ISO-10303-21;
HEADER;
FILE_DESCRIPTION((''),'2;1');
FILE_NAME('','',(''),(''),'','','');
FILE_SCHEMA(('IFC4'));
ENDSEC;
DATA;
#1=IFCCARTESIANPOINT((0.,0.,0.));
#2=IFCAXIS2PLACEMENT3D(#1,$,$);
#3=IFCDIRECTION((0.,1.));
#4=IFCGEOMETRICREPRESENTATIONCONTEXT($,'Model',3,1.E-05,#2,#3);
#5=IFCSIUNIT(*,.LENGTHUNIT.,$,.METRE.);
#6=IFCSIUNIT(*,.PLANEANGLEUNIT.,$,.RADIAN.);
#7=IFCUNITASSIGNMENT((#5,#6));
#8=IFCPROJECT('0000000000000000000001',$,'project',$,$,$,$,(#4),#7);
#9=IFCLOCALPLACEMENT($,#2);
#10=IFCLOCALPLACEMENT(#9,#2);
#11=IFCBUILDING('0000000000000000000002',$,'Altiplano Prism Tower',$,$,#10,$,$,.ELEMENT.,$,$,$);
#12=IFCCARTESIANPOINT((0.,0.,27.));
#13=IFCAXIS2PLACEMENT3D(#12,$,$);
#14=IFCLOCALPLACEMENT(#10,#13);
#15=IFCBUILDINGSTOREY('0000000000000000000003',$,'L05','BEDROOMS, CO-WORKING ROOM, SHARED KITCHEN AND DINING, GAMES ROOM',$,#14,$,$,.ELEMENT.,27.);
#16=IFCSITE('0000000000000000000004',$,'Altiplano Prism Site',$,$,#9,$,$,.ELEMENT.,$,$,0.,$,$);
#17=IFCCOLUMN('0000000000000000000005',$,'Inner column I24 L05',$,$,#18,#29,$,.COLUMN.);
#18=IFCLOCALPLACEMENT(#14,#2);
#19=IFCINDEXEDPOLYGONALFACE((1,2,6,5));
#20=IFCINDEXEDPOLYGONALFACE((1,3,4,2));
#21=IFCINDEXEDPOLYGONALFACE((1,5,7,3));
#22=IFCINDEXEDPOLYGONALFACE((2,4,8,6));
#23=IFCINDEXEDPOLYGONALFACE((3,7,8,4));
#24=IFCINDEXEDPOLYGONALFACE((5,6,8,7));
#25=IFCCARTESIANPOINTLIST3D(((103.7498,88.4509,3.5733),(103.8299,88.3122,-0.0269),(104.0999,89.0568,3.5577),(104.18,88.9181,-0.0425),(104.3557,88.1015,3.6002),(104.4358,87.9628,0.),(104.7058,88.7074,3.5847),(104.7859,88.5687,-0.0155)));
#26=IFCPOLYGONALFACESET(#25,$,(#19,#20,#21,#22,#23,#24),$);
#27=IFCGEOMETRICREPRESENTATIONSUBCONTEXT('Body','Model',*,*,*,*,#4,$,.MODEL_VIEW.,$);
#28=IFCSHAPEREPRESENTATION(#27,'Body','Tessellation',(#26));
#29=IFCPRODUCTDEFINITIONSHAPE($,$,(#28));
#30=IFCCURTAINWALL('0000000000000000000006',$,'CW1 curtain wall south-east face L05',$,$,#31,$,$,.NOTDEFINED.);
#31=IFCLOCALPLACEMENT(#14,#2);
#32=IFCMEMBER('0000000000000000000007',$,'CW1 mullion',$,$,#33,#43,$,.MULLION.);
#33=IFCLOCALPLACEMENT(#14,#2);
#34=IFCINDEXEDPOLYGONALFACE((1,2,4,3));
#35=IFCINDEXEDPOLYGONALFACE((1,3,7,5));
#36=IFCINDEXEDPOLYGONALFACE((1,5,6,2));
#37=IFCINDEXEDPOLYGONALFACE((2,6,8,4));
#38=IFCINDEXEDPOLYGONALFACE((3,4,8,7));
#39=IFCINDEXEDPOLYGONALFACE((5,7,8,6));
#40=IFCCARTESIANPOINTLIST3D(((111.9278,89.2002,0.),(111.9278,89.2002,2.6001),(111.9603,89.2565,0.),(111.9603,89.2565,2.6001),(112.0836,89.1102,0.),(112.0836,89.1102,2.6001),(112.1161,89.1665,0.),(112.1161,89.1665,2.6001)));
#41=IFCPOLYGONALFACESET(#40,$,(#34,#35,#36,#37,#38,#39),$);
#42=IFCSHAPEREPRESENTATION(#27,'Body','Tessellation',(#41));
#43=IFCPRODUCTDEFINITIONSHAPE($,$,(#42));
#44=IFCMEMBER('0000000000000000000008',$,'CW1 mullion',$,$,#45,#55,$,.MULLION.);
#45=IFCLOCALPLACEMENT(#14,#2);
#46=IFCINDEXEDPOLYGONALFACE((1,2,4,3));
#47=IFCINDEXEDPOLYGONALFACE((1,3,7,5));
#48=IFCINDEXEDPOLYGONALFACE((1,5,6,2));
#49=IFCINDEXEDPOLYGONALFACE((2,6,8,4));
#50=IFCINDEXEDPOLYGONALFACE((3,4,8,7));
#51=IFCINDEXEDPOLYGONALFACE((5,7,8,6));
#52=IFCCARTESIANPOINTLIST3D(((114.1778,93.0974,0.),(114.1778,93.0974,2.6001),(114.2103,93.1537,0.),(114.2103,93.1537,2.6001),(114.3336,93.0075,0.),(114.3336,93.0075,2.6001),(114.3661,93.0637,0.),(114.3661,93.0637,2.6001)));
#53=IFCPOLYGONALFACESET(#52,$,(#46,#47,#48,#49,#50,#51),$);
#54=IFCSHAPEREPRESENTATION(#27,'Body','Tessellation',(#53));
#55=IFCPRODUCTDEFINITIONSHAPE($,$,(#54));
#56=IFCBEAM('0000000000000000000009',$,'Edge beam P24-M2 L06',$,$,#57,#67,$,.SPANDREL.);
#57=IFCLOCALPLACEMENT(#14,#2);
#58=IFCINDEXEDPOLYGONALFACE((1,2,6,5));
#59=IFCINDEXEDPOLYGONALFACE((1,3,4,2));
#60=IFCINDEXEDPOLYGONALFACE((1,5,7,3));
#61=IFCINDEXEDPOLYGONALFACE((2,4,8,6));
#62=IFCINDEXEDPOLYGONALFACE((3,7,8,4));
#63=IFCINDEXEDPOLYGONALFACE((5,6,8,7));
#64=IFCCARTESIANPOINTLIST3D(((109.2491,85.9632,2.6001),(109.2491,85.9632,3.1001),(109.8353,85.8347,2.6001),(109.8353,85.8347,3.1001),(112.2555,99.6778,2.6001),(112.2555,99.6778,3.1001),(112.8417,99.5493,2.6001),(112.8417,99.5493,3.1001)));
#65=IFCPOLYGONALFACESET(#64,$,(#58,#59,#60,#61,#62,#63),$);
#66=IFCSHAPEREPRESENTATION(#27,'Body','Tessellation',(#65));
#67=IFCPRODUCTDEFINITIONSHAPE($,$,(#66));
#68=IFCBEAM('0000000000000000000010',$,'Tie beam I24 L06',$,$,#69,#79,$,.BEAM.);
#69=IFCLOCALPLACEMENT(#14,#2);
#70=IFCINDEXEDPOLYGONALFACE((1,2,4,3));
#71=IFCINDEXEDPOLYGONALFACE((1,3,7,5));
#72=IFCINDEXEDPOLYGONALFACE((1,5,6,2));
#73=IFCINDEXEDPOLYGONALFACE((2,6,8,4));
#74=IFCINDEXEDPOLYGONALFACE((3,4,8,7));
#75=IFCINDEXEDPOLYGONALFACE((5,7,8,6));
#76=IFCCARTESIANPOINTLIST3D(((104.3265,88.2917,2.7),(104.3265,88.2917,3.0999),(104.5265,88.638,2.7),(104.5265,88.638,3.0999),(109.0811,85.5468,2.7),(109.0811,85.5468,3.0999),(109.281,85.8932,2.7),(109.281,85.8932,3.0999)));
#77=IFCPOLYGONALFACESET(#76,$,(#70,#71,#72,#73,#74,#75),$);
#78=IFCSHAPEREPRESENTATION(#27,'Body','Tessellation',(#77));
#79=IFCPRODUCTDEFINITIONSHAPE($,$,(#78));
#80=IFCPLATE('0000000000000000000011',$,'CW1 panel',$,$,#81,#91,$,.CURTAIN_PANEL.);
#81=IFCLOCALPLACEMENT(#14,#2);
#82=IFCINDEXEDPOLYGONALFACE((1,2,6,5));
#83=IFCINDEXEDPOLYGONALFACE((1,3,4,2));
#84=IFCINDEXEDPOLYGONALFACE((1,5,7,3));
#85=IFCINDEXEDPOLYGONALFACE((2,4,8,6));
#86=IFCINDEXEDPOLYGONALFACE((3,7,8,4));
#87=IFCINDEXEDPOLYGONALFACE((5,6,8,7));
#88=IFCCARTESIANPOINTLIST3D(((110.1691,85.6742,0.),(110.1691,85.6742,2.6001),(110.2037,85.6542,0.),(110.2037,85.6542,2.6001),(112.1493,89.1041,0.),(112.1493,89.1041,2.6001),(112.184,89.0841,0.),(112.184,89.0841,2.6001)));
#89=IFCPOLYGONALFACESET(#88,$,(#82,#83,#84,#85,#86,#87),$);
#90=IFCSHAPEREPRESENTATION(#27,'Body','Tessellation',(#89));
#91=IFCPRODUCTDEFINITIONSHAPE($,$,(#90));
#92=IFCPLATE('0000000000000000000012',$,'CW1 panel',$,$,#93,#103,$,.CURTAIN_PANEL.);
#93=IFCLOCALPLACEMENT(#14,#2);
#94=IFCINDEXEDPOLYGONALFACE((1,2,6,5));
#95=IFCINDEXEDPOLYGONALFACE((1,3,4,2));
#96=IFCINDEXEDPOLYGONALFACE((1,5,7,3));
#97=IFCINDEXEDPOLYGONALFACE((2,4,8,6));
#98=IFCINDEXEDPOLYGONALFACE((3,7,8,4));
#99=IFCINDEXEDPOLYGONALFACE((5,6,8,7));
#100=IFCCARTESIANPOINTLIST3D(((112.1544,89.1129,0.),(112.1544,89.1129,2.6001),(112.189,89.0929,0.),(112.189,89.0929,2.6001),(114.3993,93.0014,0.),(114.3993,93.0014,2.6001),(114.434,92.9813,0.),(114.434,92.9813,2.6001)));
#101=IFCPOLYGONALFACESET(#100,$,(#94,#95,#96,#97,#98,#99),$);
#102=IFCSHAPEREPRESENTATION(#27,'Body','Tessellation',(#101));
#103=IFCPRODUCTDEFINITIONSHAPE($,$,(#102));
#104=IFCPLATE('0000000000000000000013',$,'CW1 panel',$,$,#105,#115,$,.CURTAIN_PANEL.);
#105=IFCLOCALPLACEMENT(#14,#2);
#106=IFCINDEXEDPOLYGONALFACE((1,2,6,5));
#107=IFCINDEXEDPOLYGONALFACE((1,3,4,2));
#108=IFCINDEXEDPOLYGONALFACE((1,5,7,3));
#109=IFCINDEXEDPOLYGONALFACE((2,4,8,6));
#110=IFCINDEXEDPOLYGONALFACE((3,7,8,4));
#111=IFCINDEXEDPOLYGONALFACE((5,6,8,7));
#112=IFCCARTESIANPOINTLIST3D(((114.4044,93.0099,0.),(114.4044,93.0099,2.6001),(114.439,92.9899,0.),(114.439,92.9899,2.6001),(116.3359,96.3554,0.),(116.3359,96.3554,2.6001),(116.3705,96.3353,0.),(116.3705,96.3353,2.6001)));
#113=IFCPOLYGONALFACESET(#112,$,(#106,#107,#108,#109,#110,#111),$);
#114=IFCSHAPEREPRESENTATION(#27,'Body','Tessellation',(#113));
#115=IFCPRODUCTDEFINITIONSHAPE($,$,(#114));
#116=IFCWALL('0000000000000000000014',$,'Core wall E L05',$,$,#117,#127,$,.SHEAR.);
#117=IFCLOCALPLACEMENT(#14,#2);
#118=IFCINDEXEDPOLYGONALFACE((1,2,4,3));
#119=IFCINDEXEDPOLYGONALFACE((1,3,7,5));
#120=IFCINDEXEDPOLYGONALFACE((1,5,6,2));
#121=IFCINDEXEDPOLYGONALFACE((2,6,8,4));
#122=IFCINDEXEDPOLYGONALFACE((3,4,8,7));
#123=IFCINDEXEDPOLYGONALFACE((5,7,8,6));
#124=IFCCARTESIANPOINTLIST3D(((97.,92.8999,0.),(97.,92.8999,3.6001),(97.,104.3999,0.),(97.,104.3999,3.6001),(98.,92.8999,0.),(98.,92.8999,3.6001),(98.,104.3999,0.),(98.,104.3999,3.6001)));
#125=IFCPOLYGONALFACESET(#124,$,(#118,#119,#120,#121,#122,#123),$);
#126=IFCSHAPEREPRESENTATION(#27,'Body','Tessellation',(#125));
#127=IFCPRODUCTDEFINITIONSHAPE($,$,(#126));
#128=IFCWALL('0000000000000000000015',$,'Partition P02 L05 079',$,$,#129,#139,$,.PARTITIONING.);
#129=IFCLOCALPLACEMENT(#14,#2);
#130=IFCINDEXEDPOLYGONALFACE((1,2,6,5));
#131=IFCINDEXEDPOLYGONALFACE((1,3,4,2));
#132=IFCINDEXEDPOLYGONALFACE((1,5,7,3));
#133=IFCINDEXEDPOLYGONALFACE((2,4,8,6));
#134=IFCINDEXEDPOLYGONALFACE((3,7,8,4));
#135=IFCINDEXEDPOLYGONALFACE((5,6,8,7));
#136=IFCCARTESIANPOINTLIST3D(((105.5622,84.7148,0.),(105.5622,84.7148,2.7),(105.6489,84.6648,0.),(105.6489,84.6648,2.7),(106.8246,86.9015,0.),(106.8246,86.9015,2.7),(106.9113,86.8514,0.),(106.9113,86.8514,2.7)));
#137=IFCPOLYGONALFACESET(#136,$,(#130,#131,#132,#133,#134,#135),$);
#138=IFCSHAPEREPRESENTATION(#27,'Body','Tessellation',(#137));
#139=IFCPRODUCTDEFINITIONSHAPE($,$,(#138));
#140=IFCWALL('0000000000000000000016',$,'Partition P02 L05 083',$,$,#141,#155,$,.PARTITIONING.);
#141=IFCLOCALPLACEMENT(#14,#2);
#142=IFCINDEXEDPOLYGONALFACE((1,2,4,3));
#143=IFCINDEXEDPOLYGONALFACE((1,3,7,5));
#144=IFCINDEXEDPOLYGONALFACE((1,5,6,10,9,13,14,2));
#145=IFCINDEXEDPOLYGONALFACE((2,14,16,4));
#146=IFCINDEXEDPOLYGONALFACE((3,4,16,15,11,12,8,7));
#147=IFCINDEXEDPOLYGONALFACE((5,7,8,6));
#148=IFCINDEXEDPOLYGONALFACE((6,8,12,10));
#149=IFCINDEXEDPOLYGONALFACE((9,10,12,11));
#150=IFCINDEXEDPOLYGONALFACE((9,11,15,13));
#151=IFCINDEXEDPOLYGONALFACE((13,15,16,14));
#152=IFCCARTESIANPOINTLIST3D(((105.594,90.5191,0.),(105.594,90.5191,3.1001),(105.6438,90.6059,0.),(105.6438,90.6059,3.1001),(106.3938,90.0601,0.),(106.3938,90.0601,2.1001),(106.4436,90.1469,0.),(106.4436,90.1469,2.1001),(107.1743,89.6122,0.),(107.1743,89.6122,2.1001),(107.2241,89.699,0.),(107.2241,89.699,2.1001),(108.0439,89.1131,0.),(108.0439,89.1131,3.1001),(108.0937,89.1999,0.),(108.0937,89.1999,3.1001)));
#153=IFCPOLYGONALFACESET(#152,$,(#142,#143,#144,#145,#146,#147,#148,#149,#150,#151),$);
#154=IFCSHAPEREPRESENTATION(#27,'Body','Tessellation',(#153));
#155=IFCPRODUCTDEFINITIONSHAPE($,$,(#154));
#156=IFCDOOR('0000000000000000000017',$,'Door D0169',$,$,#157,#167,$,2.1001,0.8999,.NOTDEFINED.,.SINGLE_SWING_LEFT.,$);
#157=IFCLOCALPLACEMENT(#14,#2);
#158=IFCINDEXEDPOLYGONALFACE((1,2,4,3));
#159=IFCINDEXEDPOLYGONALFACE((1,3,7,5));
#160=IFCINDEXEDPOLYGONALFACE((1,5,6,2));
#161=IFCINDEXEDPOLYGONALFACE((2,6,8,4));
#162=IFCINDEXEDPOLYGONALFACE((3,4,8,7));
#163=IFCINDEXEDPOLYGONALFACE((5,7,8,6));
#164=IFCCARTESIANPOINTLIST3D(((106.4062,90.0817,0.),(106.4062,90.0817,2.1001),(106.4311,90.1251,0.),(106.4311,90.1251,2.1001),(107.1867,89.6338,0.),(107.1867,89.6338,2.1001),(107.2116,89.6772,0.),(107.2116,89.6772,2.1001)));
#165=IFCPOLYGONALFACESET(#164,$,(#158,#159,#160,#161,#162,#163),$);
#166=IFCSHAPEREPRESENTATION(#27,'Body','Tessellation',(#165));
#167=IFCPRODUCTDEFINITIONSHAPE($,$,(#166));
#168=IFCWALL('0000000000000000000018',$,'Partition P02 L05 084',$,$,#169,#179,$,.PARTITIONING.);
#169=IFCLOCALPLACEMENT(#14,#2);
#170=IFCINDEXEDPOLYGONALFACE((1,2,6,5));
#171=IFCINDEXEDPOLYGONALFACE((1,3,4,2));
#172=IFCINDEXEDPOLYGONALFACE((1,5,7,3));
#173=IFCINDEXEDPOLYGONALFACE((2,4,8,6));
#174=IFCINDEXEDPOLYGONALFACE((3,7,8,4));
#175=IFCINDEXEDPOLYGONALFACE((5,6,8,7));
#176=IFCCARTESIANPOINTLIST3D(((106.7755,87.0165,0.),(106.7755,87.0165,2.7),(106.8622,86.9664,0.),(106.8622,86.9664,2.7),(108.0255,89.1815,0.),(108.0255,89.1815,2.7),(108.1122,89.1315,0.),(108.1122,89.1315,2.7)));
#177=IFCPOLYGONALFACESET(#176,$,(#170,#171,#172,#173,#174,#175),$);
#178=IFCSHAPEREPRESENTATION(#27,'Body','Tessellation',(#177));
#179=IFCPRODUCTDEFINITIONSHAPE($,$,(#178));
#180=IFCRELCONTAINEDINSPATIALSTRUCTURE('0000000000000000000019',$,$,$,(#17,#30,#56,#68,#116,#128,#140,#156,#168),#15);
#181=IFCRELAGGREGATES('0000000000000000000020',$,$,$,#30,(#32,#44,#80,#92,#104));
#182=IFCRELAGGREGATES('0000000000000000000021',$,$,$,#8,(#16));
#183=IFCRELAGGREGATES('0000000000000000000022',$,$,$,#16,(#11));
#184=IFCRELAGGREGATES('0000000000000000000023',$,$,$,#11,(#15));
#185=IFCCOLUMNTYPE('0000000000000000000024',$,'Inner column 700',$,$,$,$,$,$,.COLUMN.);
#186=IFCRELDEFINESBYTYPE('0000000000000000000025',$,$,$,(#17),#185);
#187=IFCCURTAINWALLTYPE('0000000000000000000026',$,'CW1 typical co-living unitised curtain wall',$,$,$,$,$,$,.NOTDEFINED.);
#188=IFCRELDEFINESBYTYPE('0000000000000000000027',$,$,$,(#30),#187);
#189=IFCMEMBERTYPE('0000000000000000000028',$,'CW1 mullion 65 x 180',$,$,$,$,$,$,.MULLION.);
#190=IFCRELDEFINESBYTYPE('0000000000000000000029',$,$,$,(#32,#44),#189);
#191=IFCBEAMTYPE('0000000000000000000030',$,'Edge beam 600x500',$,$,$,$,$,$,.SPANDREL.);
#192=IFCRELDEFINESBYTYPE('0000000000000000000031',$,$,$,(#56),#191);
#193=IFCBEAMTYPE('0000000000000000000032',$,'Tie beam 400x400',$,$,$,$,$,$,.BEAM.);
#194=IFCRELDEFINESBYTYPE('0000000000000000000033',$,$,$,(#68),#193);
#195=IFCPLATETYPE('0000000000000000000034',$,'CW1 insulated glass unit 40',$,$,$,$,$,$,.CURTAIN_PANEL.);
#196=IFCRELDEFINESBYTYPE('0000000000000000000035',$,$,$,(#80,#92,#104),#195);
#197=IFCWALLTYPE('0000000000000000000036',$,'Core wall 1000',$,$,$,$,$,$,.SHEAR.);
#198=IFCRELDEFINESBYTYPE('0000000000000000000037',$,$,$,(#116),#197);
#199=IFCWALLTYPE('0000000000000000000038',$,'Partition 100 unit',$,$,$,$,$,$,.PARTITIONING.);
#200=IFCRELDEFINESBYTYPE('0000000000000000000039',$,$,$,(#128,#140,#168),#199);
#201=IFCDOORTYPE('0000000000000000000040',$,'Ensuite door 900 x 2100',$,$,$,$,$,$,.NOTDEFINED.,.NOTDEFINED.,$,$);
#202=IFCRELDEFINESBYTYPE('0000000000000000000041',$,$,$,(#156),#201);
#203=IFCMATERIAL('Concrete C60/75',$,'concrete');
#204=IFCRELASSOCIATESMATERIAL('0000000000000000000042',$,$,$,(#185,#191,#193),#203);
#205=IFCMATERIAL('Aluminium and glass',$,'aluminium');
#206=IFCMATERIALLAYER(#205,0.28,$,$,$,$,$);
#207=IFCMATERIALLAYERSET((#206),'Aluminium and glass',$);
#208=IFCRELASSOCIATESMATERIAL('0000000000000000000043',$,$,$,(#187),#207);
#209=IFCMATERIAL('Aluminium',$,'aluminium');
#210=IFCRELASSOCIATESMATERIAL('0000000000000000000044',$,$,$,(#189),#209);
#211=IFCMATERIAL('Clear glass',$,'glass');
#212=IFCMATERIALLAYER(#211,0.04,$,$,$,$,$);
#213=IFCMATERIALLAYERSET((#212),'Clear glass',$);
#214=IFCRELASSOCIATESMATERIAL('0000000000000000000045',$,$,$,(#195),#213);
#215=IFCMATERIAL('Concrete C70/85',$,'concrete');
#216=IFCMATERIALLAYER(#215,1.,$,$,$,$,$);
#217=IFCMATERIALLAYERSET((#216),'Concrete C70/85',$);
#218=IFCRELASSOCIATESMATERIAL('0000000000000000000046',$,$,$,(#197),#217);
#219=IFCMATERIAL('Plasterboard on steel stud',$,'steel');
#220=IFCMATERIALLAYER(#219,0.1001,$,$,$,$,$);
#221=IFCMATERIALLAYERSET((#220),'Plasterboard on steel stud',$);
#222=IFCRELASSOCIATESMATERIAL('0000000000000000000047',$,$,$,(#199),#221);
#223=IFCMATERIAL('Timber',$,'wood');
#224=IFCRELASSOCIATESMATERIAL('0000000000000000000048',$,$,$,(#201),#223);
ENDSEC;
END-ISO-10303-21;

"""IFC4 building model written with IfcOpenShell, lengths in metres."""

from ifc_helpers import new_model, si_unit, direction, frame, frame_2d, origin, origin_2d, place, context, subcontext, project, spatial, rectangle, extrude, material, layer, layer_set, material_profile, profile_set, type_object, element, fill, aggregate, save


model = new_model("IFC4")

# Units and contexts
model_context = context("Model", 3, precision=1e-05, world=origin(), true_north=direction((0.0, 1.0)))
body_context = subcontext(model_context, "Body", "Model", "MODEL_VIEW")
ifc_project = project(units=[si_unit("LENGTHUNIT", "METRE"), si_unit("PLANEANGLEUNIT", "RADIAN")], contexts=[model_context])

# Site, building, storey
site_placement = place(None, origin())
site = spatial("IfcSite", under=ifc_project, at=site_placement, Name="Altiplano Prism Site", CompositionType="ELEMENT", RefElevation=0.0)
building_placement = place(site_placement, origin())
building = spatial("IfcBuilding", under=site, at=building_placement, Name="Altiplano Prism Tower", CompositionType="ELEMENT")
storey_placement = place(building_placement, frame((0.0, 0.0, 27.0)))
storey = spatial("IfcBuildingStorey", under=building, at=storey_placement, Name="L05", Description="BEDROOMS, CO-WORKING ROOM, SHARED KITCHEN AND DINING, GAMES ROOM", CompositionType="ELEMENT", Elevation=27.0)

# Column
ifc_material_1 = material(Name="Concrete C60/75", Category="concrete")
ifc_material_profile_1 = material_profile(ifc_material_1, rectangle(XDim=0.7, YDim=0.7, at=origin_2d()), Name="Inner column 700")
ifc_profile_set_1 = profile_set([ifc_material_profile_1], Name="Concrete C60/75")
column_type = type_object("IfcColumnType", Name="Inner column 700", PredefinedType="COLUMN", material=ifc_profile_set_1)
column_placement = place(storey_placement, frame((104.3079, 88.4404, -0.0212), z_axis=(-0.022221, 0.038481, 0.999012), x_axis=(-0.50017, -0.865642, 0.022218)))
element("IfcColumn", 1, at=column_placement, inside=storey, type_object=column_type, Name="Inner column I24 L05", PredefinedType="COLUMN", context=body_context, shape_type="SweptSolid", body=[
    extrude(rectangle(XDim=0.7, YDim=0.7, at=origin_2d()), origin(), (0.0, 0.0, 1.0), 3.6038),
])

# Curtain wall, members
ifc_material_2 = material(Name="Aluminium and glass", Category="aluminium")
ifc_layer_1 = layer(ifc_material_2, 0.28)
ifc_layer_set_1 = layer_set([ifc_layer_1], Name="Aluminium and glass")
curtain_wall_type = type_object("IfcCurtainWallType", Name="CW1 typical co-living unitised curtain wall", PredefinedType="NOTDEFINED", material=ifc_layer_set_1)
curtain_wall_placement = place(storey_placement, origin())
curtain_wall = element("IfcCurtainWall", 2, at=curtain_wall_placement, inside=storey, type_object=curtain_wall_type, Name="CW1 curtain wall south-east face L05", PredefinedType="NOTDEFINED")
ifc_material_3 = material(Name="Aluminium", Category="aluminium")
ifc_material_profile_2 = material_profile(ifc_material_3, rectangle(XDim=0.1799, YDim=0.0649, at=origin_2d()), Name="CW1 mullion 65 x 180")
ifc_profile_set_2 = profile_set([ifc_material_profile_2], Name="Aluminium")
member_type = type_object("IfcMemberType", Name="CW1 mullion 65 x 180", PredefinedType="MULLION", material=ifc_profile_set_2)
member_1_placement = place(storey_placement, frame((112.022, 89.1833, 0.0), z_axis=(0.0, 0.0, 1.0), x_axis=(-0.866025, 0.5, 0.0)))
member_1 = element("IfcMember", 3, at=member_1_placement, type_object=member_type, Name="CW1 mullion", PredefinedType="MULLION", context=body_context, shape_type="SweptSolid", body=[
    extrude(rectangle(XDim=0.1799, YDim=0.0649, at=origin_2d()), origin(), (0.0, 0.0, 1.0), 2.6001),
])
member_2_placement = place(storey_placement, frame((114.272, 93.0806, 0.0), z_axis=(0.0, 0.0, 1.0), x_axis=(-0.866025, 0.5, 0.0)))
member_2 = element("IfcMember", 4, at=member_2_placement, type_object=member_type, Name="CW1 mullion", PredefinedType="MULLION", context=body_context, shape_type="SweptSolid", body=[
    extrude(rectangle(XDim=0.1799, YDim=0.0649, at=origin_2d()), origin(), (0.0, 0.0, 1.0), 2.6001),
])

# Beams
ifc_material_profile_3 = material_profile(ifc_material_1, rectangle(XDim=0.6001, YDim=0.5, at=origin_2d()), Name="Edge beam 600x500")
ifc_profile_set_3 = profile_set([ifc_material_profile_3], Name="Concrete C60/75")
beam_type_1 = type_object("IfcBeamType", Name="Edge beam 600x500", PredefinedType="SPANDREL", material=ifc_profile_set_3)
beam_1_placement = place(storey_placement, frame((109.5422, 85.8989, 2.8501), z_axis=(0.214124, 0.976807, 0.0), x_axis=(-0.976807, 0.214124, 0.0)))
element("IfcBeam", 5, at=beam_1_placement, inside=storey, type_object=beam_type_1, Name="Edge beam P24-M2 L06", PredefinedType="SPANDREL", context=body_context, shape_type="SweptSolid", body=[
    extrude(rectangle(XDim=0.6001, YDim=0.5, at=origin_2d()), origin(), (0.0, 0.0, 1.0), 14.0403),
])
ifc_material_profile_4 = material_profile(ifc_material_1, rectangle(XDim=0.3999, YDim=0.3999, at=origin_2d()), Name="Tie beam 400x400")
ifc_profile_set_4 = profile_set([ifc_material_profile_4], Name="Concrete C60/75")
beam_type_2 = type_object("IfcBeamType", Name="Tie beam 400x400", PredefinedType="BEAM", material=ifc_profile_set_4)
beam_2_placement = place(storey_placement, frame((104.4265, 88.4648, 2.8999), z_axis=(0.866043, -0.49997, 0.0), x_axis=(0.49997, 0.866043, 0.0)))
element("IfcBeam", 6, at=beam_2_placement, inside=storey, type_object=beam_type_2, Name="Tie beam I24 L06", PredefinedType="BEAM", context=body_context, shape_type="SweptSolid", body=[
    extrude(rectangle(XDim=0.3999, YDim=0.3999, at=origin_2d()), origin(), (0.0, 0.0, 1.0), 5.49),
])

# Plates
ifc_material_4 = material(Name="Clear glass", Category="glass")
ifc_layer_2 = layer(ifc_material_4, 0.04)
ifc_layer_set_2 = layer_set([ifc_layer_2], Name="Clear glass")
plate_type = type_object("IfcPlateType", Name="CW1 insulated glass unit 40", PredefinedType="CURTAIN_PANEL", material=ifc_layer_set_2)
plate_1_placement = place(storey_placement, frame((111.1765, 87.3792, 0.0), z_axis=(0.0, 0.0, 1.0), x_axis=(0.5, 0.866025, 0.0)))
plate_1 = element("IfcPlate", 7, at=plate_1_placement, type_object=plate_type, Name="CW1 panel", PredefinedType="CURTAIN_PANEL", context=body_context, shape_type="SweptSolid", body=[
    extrude(rectangle(XDim=3.9604, YDim=0.04, at=origin_2d()), origin(), (0.0, 0.0, 1.0), 2.6001),
])
plate_2_placement = place(storey_placement, frame((113.2942, 91.0471, 0.0), z_axis=(0.0, 0.0, 1.0), x_axis=(0.5, 0.866025, 0.0)))
plate_2 = element("IfcPlate", 8, at=plate_2_placement, type_object=plate_type, Name="CW1 panel", PredefinedType="CURTAIN_PANEL", context=body_context, shape_type="SweptSolid", body=[
    extrude(rectangle(XDim=4.49, YDim=0.04, at=origin_2d()), origin(), (0.0, 0.0, 1.0), 2.6001),
])
plate_3_placement = place(storey_placement, frame((115.3875, 94.6726, 0.0), z_axis=(0.0, 0.0, 1.0), x_axis=(0.5, 0.866025, 0.0)))
plate_3 = element("IfcPlate", 9, at=plate_3_placement, type_object=plate_type, Name="CW1 panel", PredefinedType="CURTAIN_PANEL", context=body_context, shape_type="SweptSolid", body=[
    extrude(rectangle(XDim=3.863, YDim=0.04, at=origin_2d()), origin(), (0.0, 0.0, 1.0), 2.6001),
])
aggregate(curtain_wall, [member_1, member_2, plate_1, plate_2, plate_3])

# Walls
ifc_material_5 = material(Name="Concrete C70/85", Category="concrete")
ifc_layer_3 = layer(ifc_material_5, 1.0)
ifc_layer_set_3 = layer_set([ifc_layer_3], Name="Concrete C70/85")
wall_type_1 = type_object("IfcWallType", Name="Core wall 1000", PredefinedType="SHEAR", material=ifc_layer_set_3)
wall_1_placement = place(storey_placement, frame((97.5, 92.8999, 0.0), z_axis=(0.0, 0.0, 1.0), x_axis=(0.0, 1.0, 0.0)))
element("IfcWall", 10, at=wall_1_placement, inside=storey, type_object=wall_type_1, Name="Core wall E L05", PredefinedType="SHEAR", context=body_context, shape_type="SweptSolid", body=[
    extrude(rectangle(XDim=11.5, YDim=1.0, at=frame_2d((5.75, 0.0))), origin(), (0.0, 0.0, 1.0), 3.6001),
])
ifc_material_6 = material(Name="Plasterboard on steel stud", Category="steel")
ifc_layer_4 = layer(ifc_material_6, 0.1001)
ifc_layer_set_4 = layer_set([ifc_layer_4], Name="Plasterboard on steel stud")
wall_type_2 = type_object("IfcWallType", Name="Partition 100 unit", PredefinedType="PARTITIONING", material=ifc_layer_set_4)
wall_2_placement = place(storey_placement, frame((106.8679, 86.8765, 0.0), z_axis=(0.0, 0.0, 1.0), x_axis=(-0.499976, -0.866039, 0.0)))
element("IfcWall", 11, at=wall_2_placement, inside=storey, type_object=wall_type_2, Name="Partition P02 L05 079", PredefinedType="PARTITIONING", context=body_context, shape_type="SweptSolid", body=[
    extrude(rectangle(XDim=2.5249, YDim=0.1001, at=frame_2d((1.2625, 0.0))), origin(), (0.0, 0.0, 1.0), 2.7),
])

# Wall, opening, door
wall_3_placement = place(storey_placement, frame((105.6189, 90.5625, 0.0), z_axis=(0.0, 0.0, 1.0), x_axis=(0.867322, -0.497748, 0.0)))
wall_3 = element("IfcWall", 12, at=wall_3_placement, inside=storey, type_object=wall_type_2, Name="Partition P02 L05 083", PredefinedType="PARTITIONING", context=body_context, shape_type="SweptSolid", body=[
    extrude(rectangle(XDim=2.8247, YDim=0.1001, at=frame_2d((1.4124, 0.0))), origin(), (0.0, 0.0, 1.0), 3.1001),
])
opening_1_placement = place(wall_3_placement, frame((0.9221, 0.0, 0.0)))
opening_1 = element("IfcOpeningElement", 13, at=opening_1_placement, cuts=wall_3, PredefinedType="OPENING", context=body_context, shape_type="SweptSolid", body=[
    extrude(rectangle(XDim=0.8999, YDim=2.1001, at=frame_2d((0.45, 1.05))), frame((0.0, 0.0605, 0.0), z_axis=(0.0, -1.0, 0.0), x_axis=(1.0, 0.0, 0.0)), (0.0, 0.0, 1.0), 0.1211),
])
ifc_material_7 = material(Name="Timber", Category="wood")
door_type_1 = type_object("IfcDoorType", Name="Ensuite door 900 x 2100", OperationType="NOTDEFINED", PredefinedType="NOTDEFINED", material=ifc_material_7)
door_1_placement = place(opening_1_placement, origin())
door_1 = element("IfcDoor", 14, at=door_1_placement, inside=storey, type_object=door_type_1, Name="Door D0169", OperationType="SINGLE_SWING_LEFT", OverallHeight=2.1001, OverallWidth=0.8999, PredefinedType="NOTDEFINED", context=body_context, shape_type="SweptSolid", body=[
    extrude(rectangle(XDim=0.8999, YDim=2.1001, at=frame_2d((0.45, 1.05))), frame((0.0, 0.0249, 0.0), z_axis=(0.0, -1.0, 0.0), x_axis=(1.0, 0.0, 0.0)), (0.0, 0.0, 1.0), 0.05),
])
fill(opening_1, door_1)

# Wall
wall_4_placement = place(storey_placement, frame((108.0688, 89.1565, 0.0), z_axis=(0.0, 0.0, 1.0), x_axis=(-0.500004, -0.866023, 0.0)))
element("IfcWall", 15, at=wall_4_placement, inside=storey, type_object=wall_type_2, Name="Partition P02 L05 084", PredefinedType="PARTITIONING", context=body_context, shape_type="SweptSolid", body=[
    extrude(rectangle(XDim=2.5, YDim=0.1001, at=frame_2d((1.25, 0.0))), origin(), (0.0, 0.0, 1.0), 2.7),
])

save(model, "model.ifc")
